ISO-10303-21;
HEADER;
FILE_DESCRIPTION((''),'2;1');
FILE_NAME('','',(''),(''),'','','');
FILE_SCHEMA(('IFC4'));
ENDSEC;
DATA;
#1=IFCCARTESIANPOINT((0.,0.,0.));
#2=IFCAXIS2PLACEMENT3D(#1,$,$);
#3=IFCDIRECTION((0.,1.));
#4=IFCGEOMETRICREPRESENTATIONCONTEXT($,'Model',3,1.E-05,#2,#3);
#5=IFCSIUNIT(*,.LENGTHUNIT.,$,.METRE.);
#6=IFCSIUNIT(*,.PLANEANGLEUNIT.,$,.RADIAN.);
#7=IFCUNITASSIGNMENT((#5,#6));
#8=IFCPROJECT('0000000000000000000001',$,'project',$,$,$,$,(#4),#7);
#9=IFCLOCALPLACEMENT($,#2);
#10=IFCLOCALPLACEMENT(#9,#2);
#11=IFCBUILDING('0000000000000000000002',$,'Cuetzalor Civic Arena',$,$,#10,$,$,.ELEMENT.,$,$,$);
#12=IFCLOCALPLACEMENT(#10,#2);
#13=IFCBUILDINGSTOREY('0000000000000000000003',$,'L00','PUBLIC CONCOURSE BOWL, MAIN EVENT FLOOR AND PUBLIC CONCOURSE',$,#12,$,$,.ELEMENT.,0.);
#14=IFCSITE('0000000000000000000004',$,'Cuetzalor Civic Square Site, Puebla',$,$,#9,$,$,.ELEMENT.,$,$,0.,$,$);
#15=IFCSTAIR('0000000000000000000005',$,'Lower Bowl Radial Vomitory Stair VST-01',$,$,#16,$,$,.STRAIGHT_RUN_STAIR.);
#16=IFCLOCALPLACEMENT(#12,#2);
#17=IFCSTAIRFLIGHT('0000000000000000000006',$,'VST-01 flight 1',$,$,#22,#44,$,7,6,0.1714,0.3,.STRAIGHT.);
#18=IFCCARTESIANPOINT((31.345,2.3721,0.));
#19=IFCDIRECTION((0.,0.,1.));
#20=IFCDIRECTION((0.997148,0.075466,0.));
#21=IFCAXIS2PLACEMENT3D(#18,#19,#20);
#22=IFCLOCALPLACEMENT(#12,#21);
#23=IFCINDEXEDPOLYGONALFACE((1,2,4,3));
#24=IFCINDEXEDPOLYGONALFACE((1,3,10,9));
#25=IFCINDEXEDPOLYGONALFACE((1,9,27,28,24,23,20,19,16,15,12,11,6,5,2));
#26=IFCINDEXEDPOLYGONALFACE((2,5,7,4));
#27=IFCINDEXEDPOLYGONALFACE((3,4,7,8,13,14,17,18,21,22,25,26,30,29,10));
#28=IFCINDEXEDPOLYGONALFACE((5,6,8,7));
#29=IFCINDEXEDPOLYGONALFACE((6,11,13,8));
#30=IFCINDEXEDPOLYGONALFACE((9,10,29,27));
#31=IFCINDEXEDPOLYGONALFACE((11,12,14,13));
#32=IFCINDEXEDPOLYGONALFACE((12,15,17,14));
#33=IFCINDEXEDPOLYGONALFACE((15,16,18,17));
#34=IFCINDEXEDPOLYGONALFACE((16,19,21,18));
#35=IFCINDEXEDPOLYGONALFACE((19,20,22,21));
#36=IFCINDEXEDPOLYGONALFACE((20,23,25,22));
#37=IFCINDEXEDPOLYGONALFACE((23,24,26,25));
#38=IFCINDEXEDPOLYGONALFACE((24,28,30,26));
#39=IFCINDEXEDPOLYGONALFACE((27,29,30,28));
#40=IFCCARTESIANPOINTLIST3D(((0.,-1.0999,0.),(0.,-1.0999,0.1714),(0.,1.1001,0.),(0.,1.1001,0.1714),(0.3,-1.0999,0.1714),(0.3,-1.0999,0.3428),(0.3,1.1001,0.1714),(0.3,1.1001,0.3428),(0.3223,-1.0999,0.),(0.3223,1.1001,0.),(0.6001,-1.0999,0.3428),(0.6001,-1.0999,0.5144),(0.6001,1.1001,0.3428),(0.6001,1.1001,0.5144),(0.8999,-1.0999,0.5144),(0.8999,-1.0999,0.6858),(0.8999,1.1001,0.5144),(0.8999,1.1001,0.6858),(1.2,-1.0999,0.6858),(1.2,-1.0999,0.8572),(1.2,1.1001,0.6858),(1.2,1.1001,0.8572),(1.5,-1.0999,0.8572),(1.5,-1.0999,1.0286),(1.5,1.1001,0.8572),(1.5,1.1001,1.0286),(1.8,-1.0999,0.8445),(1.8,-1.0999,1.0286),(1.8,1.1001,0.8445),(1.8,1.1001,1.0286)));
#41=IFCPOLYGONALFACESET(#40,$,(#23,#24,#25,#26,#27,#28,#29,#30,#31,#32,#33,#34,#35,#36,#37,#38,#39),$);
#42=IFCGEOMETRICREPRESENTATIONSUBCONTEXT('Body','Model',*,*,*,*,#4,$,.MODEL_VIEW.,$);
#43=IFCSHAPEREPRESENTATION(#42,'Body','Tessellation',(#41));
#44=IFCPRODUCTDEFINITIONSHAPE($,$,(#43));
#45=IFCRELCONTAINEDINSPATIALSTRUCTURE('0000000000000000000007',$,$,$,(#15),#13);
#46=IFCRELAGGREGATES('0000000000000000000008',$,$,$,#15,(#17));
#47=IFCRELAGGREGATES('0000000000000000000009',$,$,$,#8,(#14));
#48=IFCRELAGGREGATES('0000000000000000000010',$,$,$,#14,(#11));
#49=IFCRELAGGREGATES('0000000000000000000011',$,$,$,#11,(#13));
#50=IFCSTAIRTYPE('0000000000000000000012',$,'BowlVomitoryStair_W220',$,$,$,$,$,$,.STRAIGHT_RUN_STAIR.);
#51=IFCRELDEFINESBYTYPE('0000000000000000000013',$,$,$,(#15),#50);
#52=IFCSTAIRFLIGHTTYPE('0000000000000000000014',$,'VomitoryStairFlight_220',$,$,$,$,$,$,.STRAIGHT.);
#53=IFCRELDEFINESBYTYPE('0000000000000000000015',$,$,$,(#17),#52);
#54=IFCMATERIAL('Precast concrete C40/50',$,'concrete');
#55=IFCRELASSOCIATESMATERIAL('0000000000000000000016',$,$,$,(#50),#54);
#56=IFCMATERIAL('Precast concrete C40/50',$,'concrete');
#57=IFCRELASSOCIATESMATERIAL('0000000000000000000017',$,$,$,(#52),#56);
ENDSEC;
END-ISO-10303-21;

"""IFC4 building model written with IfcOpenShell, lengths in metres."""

from ifc_helpers import new_model, si_unit, direction, frame, origin, place, context, subcontext, project, spatial, polyline, outline, extrude, material, type_object, element, aggregate, save


model = new_model("IFC4")

# Units and contexts
model_context = context("Model", 3, precision=1e-05, world=origin(), true_north=direction((0.0, 1.0)))
body_context = subcontext(model_context, "Body", "Model", "MODEL_VIEW")
ifc_project = project(units=[si_unit("LENGTHUNIT", "METRE"), si_unit("PLANEANGLEUNIT", "RADIAN")], contexts=[model_context])

# Site, building, storey
site_placement = place(None, origin())
site = spatial("IfcSite", under=ifc_project, at=site_placement, Name="Cuetzalor Civic Square Site, Puebla", CompositionType="ELEMENT", RefElevation=0.0)
building_placement = place(site_placement, origin())
building = spatial("IfcBuilding", under=site, at=building_placement, Name="Cuetzalor Civic Arena", CompositionType="ELEMENT")
storey_placement = place(building_placement, origin())
storey = spatial("IfcBuildingStorey", under=building, at=storey_placement, Name="L00", Description="PUBLIC CONCOURSE BOWL, MAIN EVENT FLOOR AND PUBLIC CONCOURSE", CompositionType="ELEMENT", Elevation=0.0)

# Stair, stair flight
ifc_material_1 = material(Name="Precast concrete C40/50", Category="concrete")
stair_type = type_object("IfcStairType", Name="BowlVomitoryStair_W220", PredefinedType="STRAIGHT_RUN_STAIR", material=ifc_material_1)
stair_1_placement = place(storey_placement, origin())
stair_1 = element("IfcStair", 1, at=stair_1_placement, inside=storey, type_object=stair_type, Name="Lower Bowl Radial Vomitory Stair VST-01", PredefinedType="STRAIGHT_RUN_STAIR")
ifc_material_2 = material(Name="Precast concrete C40/50", Category="concrete")
stair_flight_type = type_object("IfcStairFlightType", Name="VomitoryStairFlight_220", PredefinedType="STRAIGHT", material=ifc_material_2)
stair_flight_1_placement = place(storey_placement, frame((31.345, 2.3721, 0.0), z_axis=(0.0, 0.0, 1.0), x_axis=(0.997148, 0.075466, 0.0)))
stair_flight_1 = element("IfcStairFlight", 2, at=stair_flight_1_placement, type_object=stair_flight_type, Name="VST-01 flight 1", NumberOfRisers=7, NumberOfTreads=6, PredefinedType="STRAIGHT", RiserHeight=0.1714, TreadLength=0.3, context=body_context, shape_type="SweptSolid", body=[
    extrude(outline(polyline([(0.0, 0.0), (0.0, 0.1714), (0.3, 0.1714), (0.3, 0.3428), (0.6001, 0.3428), (0.6001, 0.5144), (0.8999, 0.5144), (0.8999, 0.6858), (1.2, 0.6858), (1.2, 0.8572), (1.5, 0.8572), (1.5, 1.0286), (1.8, 1.0286), (1.8, 1.2), (1.8, 0.8445), (0.3223, 0.0), (0.0, 0.0)])), frame((0.0, 1.1001, 0.0), z_axis=(0.0, -1.0, 0.0), x_axis=(1.0, 0.0, 0.0)), (0.0, 0.0, 1.0), 2.2),
])
aggregate(stair_1, [stair_flight_1])

save(model, "model.ifc")
